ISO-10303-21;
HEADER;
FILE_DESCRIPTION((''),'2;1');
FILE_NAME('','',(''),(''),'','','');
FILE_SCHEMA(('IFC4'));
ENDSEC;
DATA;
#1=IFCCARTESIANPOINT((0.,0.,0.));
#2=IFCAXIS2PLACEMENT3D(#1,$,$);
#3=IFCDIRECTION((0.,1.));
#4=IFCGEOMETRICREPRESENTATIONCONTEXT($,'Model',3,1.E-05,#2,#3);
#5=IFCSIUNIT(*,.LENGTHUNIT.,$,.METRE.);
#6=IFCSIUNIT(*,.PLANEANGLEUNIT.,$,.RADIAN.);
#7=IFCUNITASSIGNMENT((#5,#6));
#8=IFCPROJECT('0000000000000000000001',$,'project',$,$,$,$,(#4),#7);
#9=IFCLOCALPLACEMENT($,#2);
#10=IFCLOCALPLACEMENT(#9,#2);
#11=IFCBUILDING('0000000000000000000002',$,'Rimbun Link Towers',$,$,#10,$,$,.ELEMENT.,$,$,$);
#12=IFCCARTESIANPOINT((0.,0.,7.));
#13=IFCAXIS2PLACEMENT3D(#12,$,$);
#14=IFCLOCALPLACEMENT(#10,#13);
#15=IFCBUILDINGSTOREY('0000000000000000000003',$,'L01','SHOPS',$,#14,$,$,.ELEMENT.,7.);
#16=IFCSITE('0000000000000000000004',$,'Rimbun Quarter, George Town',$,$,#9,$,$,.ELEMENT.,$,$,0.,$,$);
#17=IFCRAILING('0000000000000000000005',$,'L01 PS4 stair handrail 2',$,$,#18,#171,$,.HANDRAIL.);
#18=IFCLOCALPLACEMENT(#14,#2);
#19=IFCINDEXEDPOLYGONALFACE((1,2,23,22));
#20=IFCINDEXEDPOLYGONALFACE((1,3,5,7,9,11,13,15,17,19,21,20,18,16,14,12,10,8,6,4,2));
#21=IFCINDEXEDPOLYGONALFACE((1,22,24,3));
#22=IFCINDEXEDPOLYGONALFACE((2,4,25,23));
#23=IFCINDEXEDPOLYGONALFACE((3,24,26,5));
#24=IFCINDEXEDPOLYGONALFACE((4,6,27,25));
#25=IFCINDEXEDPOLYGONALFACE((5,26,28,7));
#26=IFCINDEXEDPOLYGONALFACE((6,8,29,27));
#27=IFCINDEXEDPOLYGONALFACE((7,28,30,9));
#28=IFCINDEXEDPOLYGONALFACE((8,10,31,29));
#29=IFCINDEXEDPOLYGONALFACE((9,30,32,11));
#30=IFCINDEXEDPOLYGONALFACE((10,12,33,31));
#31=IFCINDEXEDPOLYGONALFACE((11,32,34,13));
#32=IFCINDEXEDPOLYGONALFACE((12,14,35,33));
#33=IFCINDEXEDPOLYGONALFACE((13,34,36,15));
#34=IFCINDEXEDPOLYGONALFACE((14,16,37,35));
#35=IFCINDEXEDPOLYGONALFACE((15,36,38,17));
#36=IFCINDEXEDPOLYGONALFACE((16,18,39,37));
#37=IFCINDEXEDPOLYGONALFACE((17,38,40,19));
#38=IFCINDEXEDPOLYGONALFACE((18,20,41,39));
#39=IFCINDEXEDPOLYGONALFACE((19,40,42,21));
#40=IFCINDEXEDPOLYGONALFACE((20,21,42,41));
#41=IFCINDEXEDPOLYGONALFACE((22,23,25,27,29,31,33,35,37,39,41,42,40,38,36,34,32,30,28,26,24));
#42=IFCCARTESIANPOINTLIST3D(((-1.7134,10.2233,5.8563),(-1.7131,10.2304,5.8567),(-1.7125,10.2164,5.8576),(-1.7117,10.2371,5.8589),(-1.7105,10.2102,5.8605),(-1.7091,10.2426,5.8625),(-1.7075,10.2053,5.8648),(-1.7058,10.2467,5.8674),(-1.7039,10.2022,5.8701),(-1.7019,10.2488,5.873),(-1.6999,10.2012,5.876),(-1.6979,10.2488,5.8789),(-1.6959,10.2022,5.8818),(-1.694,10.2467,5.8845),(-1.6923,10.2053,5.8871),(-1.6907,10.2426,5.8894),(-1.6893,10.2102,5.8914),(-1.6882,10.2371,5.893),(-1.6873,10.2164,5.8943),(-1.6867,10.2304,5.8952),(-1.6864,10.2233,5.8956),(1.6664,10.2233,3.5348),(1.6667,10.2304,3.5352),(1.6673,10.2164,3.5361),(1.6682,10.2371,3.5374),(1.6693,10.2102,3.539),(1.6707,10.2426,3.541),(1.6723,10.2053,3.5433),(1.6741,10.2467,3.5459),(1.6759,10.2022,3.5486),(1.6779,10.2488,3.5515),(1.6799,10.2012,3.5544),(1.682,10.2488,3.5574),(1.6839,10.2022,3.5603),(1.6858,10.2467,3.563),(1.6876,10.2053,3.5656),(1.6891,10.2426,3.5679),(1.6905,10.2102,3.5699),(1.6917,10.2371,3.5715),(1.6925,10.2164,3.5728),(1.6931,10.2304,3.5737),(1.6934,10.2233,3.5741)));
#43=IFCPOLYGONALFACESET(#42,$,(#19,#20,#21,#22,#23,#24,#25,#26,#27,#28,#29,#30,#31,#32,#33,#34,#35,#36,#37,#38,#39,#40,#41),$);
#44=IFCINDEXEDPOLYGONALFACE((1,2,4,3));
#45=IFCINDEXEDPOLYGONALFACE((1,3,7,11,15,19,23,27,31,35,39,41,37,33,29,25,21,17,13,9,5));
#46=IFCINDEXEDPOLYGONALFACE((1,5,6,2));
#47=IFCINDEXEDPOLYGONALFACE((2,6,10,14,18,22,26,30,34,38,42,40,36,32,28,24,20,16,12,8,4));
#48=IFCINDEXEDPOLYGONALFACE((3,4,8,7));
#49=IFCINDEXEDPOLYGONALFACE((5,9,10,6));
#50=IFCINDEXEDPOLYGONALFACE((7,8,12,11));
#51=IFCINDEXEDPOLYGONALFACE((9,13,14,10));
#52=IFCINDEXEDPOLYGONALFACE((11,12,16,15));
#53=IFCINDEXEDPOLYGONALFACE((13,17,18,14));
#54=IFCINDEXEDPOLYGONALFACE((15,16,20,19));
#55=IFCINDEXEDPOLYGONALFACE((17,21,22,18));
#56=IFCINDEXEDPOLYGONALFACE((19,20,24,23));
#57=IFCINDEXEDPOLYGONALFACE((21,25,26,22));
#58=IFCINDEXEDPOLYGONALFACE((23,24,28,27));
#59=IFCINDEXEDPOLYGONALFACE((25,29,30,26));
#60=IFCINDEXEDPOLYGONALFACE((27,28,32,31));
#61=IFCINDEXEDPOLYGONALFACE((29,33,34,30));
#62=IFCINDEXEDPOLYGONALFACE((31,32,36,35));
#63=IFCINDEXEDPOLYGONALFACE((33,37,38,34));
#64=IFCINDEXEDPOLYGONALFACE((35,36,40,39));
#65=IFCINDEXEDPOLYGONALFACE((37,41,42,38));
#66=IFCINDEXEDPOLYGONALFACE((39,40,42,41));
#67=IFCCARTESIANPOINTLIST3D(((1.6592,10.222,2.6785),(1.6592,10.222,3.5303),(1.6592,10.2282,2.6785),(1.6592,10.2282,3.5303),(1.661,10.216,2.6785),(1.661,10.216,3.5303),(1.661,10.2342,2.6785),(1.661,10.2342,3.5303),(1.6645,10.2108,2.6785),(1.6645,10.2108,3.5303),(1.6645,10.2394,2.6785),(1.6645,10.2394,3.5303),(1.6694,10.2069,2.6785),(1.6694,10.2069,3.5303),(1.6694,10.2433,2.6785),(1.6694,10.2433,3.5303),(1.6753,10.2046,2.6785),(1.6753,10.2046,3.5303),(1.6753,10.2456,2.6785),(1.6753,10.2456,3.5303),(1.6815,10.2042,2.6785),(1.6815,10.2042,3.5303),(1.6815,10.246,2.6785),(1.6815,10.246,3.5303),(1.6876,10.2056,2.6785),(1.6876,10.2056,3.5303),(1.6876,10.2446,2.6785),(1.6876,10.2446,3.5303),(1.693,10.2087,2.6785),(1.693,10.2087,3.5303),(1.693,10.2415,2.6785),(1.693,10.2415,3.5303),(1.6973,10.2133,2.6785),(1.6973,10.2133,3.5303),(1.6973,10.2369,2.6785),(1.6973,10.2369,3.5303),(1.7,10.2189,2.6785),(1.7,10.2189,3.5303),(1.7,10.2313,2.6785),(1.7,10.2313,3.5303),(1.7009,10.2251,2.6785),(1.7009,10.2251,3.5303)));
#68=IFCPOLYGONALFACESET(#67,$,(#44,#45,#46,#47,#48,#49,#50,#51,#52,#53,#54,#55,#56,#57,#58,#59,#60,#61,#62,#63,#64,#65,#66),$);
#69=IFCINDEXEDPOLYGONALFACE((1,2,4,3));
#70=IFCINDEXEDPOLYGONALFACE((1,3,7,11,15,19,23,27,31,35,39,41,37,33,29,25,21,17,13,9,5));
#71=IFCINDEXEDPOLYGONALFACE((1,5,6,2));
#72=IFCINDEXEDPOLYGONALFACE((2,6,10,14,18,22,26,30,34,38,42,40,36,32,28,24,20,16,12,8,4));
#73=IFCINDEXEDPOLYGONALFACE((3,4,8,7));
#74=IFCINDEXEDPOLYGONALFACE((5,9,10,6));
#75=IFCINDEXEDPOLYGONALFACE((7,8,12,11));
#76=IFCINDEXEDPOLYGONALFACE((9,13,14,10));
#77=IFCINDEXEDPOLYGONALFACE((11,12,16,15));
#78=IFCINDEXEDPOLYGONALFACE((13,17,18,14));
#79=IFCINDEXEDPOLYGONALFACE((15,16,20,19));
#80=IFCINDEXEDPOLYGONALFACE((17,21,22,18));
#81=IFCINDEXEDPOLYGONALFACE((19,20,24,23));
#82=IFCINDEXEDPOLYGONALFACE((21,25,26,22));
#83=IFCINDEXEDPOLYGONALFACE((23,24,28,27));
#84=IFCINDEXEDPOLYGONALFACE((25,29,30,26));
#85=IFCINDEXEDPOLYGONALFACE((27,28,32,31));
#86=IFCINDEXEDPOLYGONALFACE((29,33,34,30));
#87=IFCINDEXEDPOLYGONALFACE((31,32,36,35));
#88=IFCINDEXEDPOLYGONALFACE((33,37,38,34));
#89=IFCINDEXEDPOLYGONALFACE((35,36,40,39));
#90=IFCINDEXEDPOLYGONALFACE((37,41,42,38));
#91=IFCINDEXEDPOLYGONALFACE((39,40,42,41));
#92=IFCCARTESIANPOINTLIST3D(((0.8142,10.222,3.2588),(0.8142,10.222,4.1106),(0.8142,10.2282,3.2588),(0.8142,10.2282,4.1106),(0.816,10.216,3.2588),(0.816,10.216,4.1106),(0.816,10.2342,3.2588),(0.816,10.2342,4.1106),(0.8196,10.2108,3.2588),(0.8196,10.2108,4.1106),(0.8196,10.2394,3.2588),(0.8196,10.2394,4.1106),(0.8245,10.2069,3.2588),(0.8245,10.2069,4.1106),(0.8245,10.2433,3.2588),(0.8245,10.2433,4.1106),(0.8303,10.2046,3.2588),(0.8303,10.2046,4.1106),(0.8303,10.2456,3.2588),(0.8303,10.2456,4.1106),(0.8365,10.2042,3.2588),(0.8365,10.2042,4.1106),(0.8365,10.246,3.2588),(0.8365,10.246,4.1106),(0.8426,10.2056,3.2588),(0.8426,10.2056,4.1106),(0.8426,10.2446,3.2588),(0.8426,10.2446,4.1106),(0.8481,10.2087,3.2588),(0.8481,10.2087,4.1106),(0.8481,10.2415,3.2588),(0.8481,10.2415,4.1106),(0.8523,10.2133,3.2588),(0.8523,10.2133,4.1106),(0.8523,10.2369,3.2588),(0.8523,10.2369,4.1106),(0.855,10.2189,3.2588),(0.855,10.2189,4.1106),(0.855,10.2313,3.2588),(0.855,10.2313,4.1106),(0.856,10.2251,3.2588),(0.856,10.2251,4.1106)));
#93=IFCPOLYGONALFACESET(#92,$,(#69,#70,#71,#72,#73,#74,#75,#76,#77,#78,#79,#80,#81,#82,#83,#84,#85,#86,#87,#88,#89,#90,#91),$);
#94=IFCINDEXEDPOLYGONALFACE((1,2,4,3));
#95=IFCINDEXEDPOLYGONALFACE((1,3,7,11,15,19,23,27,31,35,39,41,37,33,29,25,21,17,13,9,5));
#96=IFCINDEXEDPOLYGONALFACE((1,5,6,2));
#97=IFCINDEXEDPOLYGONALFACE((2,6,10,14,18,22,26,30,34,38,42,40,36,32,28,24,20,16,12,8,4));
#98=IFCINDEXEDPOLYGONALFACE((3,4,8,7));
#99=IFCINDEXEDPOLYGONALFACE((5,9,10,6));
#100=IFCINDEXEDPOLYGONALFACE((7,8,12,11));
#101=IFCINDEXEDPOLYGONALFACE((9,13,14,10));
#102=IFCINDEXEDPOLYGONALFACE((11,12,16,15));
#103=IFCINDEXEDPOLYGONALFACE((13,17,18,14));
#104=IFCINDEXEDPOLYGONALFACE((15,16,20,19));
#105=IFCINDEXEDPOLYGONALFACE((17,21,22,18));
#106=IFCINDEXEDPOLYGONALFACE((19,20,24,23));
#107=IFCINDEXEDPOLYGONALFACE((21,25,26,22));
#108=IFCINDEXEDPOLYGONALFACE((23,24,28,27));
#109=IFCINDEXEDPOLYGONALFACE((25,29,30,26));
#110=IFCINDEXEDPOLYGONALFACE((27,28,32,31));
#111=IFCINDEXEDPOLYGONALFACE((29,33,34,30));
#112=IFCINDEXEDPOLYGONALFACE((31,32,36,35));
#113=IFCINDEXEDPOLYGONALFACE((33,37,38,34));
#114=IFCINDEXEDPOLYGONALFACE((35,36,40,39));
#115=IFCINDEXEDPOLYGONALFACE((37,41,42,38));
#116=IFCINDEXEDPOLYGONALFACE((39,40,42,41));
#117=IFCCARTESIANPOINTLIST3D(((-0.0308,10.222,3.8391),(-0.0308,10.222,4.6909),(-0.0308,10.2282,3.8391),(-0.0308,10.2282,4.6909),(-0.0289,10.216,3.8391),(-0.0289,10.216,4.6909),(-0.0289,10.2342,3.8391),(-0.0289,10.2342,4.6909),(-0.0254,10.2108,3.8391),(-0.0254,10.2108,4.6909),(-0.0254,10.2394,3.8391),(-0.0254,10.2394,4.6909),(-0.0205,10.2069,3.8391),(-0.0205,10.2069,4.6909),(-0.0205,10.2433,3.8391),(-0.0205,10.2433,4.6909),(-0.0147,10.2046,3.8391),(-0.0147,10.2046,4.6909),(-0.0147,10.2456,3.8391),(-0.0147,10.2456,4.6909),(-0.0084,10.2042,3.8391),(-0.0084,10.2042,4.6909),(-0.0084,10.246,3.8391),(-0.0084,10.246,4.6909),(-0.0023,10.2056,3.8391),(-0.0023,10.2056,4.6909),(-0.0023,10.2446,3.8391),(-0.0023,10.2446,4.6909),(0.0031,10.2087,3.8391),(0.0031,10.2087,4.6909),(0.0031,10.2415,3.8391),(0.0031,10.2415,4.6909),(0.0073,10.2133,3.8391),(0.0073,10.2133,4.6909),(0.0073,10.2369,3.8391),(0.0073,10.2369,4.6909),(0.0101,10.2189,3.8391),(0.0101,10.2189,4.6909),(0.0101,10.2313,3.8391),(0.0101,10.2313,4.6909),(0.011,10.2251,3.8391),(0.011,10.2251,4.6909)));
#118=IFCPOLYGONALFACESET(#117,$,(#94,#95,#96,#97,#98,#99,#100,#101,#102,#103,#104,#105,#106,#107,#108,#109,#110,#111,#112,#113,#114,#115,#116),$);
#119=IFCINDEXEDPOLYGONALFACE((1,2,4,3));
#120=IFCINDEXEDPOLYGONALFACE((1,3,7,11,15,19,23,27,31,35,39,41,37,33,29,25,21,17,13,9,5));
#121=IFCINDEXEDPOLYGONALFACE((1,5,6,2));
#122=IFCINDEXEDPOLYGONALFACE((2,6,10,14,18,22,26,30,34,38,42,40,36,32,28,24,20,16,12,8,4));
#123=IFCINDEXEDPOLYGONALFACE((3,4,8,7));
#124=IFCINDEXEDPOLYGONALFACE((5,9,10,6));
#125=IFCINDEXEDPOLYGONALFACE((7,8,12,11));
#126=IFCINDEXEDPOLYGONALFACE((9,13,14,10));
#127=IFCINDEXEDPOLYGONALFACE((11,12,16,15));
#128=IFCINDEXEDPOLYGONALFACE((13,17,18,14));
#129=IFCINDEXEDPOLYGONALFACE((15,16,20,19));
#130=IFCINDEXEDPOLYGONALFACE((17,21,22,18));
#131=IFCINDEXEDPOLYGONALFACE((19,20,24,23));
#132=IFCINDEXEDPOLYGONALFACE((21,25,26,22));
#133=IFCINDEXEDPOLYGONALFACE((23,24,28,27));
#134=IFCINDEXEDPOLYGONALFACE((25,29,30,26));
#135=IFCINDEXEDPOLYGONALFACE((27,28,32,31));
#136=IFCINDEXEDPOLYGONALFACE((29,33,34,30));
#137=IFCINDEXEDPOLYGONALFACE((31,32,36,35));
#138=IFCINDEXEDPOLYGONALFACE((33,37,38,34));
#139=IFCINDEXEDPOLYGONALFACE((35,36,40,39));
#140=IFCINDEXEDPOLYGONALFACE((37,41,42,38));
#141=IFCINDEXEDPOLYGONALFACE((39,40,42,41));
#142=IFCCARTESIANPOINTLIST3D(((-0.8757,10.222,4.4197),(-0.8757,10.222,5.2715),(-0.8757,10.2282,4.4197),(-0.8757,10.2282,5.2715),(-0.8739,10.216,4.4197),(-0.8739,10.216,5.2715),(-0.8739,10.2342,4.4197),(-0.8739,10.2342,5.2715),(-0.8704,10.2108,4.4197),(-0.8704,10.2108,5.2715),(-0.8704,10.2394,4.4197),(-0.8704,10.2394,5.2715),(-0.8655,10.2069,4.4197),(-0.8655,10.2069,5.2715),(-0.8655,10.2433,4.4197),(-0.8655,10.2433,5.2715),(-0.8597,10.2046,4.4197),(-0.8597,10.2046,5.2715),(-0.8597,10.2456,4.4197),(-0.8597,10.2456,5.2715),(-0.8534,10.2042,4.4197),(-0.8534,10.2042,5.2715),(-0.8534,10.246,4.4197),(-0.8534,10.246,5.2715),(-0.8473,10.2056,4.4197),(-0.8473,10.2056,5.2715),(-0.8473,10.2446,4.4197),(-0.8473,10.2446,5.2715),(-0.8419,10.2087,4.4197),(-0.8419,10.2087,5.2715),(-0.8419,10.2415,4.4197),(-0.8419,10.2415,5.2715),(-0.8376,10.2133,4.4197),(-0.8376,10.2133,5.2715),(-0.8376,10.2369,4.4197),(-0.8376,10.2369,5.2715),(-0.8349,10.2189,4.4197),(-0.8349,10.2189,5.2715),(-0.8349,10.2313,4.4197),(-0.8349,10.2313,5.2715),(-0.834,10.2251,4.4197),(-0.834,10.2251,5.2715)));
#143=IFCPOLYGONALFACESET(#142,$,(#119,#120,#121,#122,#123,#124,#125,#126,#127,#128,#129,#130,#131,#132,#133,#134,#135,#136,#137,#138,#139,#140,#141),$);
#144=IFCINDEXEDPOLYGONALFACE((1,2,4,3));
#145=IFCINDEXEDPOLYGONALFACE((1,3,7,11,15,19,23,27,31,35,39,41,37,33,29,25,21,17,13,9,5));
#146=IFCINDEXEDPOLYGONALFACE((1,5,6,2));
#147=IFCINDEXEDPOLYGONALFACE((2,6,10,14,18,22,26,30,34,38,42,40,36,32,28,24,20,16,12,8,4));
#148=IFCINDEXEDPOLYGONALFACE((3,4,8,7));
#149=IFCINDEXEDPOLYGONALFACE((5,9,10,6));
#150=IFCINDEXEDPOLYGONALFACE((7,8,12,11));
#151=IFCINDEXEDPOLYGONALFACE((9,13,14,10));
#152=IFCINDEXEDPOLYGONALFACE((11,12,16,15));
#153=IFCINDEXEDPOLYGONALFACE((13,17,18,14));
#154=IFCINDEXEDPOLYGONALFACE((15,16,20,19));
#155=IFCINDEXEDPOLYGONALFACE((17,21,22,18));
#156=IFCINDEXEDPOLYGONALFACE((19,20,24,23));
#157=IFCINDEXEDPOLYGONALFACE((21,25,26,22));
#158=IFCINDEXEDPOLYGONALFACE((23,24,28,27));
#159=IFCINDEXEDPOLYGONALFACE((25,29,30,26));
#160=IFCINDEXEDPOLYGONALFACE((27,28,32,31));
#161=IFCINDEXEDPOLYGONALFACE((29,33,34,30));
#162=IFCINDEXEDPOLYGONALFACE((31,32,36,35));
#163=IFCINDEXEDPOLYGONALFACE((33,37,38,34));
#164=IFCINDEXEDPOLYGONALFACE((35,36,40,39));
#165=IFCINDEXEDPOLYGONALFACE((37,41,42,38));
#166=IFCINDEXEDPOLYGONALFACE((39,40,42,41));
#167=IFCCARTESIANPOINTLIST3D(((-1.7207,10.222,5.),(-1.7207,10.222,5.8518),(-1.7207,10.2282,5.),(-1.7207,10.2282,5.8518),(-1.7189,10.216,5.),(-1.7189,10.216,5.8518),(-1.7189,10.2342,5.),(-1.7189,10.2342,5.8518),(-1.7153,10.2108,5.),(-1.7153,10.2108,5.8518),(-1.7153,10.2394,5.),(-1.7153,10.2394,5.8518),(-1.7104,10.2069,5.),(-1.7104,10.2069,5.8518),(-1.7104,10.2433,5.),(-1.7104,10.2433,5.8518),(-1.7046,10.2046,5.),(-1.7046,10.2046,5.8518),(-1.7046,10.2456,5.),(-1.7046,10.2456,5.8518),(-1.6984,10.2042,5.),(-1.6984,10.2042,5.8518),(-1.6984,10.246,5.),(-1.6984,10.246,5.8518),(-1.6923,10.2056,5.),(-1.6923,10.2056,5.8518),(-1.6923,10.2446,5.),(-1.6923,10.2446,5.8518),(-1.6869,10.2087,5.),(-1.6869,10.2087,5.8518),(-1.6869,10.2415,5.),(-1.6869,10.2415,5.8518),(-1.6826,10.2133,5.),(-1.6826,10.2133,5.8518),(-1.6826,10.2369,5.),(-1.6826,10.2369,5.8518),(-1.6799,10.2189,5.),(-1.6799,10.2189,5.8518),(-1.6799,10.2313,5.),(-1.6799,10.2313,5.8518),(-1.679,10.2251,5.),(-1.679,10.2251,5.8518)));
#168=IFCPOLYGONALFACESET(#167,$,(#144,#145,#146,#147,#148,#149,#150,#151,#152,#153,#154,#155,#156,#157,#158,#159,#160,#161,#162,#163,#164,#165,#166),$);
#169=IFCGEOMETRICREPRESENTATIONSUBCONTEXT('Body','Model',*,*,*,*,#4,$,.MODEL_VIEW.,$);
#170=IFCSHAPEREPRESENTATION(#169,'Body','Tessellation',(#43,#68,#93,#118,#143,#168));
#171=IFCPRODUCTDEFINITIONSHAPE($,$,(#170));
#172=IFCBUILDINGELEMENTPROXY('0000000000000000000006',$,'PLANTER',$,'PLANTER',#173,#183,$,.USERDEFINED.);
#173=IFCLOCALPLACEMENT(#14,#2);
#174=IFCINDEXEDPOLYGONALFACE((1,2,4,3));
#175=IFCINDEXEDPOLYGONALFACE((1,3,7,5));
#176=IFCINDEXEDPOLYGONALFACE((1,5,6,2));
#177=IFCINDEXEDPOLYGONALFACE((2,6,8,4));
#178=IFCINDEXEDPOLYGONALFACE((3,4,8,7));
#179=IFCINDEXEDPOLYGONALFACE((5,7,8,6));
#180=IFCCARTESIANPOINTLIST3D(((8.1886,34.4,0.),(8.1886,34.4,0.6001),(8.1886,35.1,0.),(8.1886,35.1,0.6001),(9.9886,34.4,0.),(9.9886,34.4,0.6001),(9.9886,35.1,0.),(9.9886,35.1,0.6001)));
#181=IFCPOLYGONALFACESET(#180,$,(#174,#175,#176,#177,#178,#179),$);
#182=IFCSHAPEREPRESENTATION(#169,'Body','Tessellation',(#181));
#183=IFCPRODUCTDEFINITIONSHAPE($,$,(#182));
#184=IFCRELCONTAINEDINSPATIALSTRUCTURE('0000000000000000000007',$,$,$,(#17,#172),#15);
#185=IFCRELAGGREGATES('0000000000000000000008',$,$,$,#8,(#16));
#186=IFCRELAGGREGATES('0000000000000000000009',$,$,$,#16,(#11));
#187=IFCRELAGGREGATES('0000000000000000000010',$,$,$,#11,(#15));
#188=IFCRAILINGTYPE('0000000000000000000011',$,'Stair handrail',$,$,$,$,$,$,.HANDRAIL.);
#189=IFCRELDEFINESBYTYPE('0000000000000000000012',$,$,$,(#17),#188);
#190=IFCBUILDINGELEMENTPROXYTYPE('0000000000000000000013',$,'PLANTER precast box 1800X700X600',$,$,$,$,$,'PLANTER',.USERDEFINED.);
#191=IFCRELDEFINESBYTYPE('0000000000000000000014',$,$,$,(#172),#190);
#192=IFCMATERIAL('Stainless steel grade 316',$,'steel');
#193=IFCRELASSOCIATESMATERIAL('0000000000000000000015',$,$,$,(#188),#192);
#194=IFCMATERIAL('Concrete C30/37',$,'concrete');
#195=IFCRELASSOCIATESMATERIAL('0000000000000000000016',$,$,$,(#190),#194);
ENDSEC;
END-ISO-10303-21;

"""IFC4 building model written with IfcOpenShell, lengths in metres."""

from ifc_helpers import new_model, si_unit, direction, frame, origin, origin_2d, place, context, subcontext, project, spatial, rectangle, circle, extrude, material, type_object, element, save


model = new_model("IFC4")

# Units and contexts
model_context = context("Model", 3, precision=1e-05, world=origin(), true_north=direction((0.0, 1.0)))
body_context = subcontext(model_context, "Body", "Model", "MODEL_VIEW")
ifc_project = project(units=[si_unit("LENGTHUNIT", "METRE"), si_unit("PLANEANGLEUNIT", "RADIAN")], contexts=[model_context])

# Site, building, storey
site_placement = place(None, origin())
site = spatial("IfcSite", under=ifc_project, at=site_placement, Name="Rimbun Quarter, George Town", CompositionType="ELEMENT", RefElevation=0.0)
building_placement = place(site_placement, origin())
building = spatial("IfcBuilding", under=site, at=building_placement, Name="Rimbun Link Towers", CompositionType="ELEMENT")
storey_placement = place(building_placement, frame((0.0, 0.0, 7.0)))
storey = spatial("IfcBuildingStorey", under=building, at=storey_placement, Name="L01", Description="SHOPS", CompositionType="ELEMENT", Elevation=7.0)

# Railing
ifc_material_1 = material(Name="Stainless steel grade 316", Category="steel")
railing_type = type_object("IfcRailingType", Name="Stair handrail", PredefinedType="HANDRAIL", material=ifc_material_1)
railing_placement = place(storey_placement, frame((1.6799, 10.2251, 2.6785)))
element("IfcRailing", 1, at=railing_placement, inside=storey, type_object=railing_type, Name="L01 PS4 stair handrail 2", PredefinedType="HANDRAIL", context=body_context, shape_type="SweptSolid", body=[
    extrude(circle(Radius=0.0239, at=origin_2d()), frame((0.0, 0.0, 0.876), z_axis=(-0.824285, 0.0, 0.566175), x_axis=(0.0, -1.0, 0.0)), (0.0, 0.0, 1.0), 4.1003),
    extrude(circle(Radius=0.021, at=origin_2d()), origin(), (0.0, 0.0, 1.0), 0.8518),
    extrude(circle(Radius=0.021, at=origin_2d()), frame((-0.845, 0.0, 0.5803)), (0.0, 0.0, 1.0), 0.8518),
    extrude(circle(Radius=0.021, at=origin_2d()), frame((-1.6899, 0.0, 1.1606)), (0.0, 0.0, 1.0), 0.8518),
    extrude(circle(Radius=0.021, at=origin_2d()), frame((-2.5349, 0.0, 1.7412)), (0.0, 0.0, 1.0), 0.8518),
    extrude(circle(Radius=0.021, at=origin_2d()), frame((-3.3799, 0.0, 2.3215)), (0.0, 0.0, 1.0), 0.8518),
])

# Building element proxy
ifc_material_2 = material(Name="Concrete C30/37", Category="concrete")
building_element_proxy_type = type_object("IfcBuildingElementProxyType", Name="PLANTER precast box 1800X700X600", ElementType="PLANTER", PredefinedType="USERDEFINED", material=ifc_material_2)
proxy_placement = place(storey_placement, frame((9.0886, 34.75, 0.0), z_axis=(0.0, 0.0, 1.0), x_axis=(-1.0, 0.0, 0.0)))
element("IfcBuildingElementProxy", 2, at=proxy_placement, inside=storey, type_object=building_element_proxy_type, Name="PLANTER", ObjectType="PLANTER", PredefinedType="USERDEFINED", context=body_context, shape_type="SweptSolid", body=[
    extrude(rectangle(XDim=1.8, YDim=0.7, at=origin_2d()), origin(), (0.0, 0.0, 1.0), 0.6001),
])

save(model, "model.ifc")
